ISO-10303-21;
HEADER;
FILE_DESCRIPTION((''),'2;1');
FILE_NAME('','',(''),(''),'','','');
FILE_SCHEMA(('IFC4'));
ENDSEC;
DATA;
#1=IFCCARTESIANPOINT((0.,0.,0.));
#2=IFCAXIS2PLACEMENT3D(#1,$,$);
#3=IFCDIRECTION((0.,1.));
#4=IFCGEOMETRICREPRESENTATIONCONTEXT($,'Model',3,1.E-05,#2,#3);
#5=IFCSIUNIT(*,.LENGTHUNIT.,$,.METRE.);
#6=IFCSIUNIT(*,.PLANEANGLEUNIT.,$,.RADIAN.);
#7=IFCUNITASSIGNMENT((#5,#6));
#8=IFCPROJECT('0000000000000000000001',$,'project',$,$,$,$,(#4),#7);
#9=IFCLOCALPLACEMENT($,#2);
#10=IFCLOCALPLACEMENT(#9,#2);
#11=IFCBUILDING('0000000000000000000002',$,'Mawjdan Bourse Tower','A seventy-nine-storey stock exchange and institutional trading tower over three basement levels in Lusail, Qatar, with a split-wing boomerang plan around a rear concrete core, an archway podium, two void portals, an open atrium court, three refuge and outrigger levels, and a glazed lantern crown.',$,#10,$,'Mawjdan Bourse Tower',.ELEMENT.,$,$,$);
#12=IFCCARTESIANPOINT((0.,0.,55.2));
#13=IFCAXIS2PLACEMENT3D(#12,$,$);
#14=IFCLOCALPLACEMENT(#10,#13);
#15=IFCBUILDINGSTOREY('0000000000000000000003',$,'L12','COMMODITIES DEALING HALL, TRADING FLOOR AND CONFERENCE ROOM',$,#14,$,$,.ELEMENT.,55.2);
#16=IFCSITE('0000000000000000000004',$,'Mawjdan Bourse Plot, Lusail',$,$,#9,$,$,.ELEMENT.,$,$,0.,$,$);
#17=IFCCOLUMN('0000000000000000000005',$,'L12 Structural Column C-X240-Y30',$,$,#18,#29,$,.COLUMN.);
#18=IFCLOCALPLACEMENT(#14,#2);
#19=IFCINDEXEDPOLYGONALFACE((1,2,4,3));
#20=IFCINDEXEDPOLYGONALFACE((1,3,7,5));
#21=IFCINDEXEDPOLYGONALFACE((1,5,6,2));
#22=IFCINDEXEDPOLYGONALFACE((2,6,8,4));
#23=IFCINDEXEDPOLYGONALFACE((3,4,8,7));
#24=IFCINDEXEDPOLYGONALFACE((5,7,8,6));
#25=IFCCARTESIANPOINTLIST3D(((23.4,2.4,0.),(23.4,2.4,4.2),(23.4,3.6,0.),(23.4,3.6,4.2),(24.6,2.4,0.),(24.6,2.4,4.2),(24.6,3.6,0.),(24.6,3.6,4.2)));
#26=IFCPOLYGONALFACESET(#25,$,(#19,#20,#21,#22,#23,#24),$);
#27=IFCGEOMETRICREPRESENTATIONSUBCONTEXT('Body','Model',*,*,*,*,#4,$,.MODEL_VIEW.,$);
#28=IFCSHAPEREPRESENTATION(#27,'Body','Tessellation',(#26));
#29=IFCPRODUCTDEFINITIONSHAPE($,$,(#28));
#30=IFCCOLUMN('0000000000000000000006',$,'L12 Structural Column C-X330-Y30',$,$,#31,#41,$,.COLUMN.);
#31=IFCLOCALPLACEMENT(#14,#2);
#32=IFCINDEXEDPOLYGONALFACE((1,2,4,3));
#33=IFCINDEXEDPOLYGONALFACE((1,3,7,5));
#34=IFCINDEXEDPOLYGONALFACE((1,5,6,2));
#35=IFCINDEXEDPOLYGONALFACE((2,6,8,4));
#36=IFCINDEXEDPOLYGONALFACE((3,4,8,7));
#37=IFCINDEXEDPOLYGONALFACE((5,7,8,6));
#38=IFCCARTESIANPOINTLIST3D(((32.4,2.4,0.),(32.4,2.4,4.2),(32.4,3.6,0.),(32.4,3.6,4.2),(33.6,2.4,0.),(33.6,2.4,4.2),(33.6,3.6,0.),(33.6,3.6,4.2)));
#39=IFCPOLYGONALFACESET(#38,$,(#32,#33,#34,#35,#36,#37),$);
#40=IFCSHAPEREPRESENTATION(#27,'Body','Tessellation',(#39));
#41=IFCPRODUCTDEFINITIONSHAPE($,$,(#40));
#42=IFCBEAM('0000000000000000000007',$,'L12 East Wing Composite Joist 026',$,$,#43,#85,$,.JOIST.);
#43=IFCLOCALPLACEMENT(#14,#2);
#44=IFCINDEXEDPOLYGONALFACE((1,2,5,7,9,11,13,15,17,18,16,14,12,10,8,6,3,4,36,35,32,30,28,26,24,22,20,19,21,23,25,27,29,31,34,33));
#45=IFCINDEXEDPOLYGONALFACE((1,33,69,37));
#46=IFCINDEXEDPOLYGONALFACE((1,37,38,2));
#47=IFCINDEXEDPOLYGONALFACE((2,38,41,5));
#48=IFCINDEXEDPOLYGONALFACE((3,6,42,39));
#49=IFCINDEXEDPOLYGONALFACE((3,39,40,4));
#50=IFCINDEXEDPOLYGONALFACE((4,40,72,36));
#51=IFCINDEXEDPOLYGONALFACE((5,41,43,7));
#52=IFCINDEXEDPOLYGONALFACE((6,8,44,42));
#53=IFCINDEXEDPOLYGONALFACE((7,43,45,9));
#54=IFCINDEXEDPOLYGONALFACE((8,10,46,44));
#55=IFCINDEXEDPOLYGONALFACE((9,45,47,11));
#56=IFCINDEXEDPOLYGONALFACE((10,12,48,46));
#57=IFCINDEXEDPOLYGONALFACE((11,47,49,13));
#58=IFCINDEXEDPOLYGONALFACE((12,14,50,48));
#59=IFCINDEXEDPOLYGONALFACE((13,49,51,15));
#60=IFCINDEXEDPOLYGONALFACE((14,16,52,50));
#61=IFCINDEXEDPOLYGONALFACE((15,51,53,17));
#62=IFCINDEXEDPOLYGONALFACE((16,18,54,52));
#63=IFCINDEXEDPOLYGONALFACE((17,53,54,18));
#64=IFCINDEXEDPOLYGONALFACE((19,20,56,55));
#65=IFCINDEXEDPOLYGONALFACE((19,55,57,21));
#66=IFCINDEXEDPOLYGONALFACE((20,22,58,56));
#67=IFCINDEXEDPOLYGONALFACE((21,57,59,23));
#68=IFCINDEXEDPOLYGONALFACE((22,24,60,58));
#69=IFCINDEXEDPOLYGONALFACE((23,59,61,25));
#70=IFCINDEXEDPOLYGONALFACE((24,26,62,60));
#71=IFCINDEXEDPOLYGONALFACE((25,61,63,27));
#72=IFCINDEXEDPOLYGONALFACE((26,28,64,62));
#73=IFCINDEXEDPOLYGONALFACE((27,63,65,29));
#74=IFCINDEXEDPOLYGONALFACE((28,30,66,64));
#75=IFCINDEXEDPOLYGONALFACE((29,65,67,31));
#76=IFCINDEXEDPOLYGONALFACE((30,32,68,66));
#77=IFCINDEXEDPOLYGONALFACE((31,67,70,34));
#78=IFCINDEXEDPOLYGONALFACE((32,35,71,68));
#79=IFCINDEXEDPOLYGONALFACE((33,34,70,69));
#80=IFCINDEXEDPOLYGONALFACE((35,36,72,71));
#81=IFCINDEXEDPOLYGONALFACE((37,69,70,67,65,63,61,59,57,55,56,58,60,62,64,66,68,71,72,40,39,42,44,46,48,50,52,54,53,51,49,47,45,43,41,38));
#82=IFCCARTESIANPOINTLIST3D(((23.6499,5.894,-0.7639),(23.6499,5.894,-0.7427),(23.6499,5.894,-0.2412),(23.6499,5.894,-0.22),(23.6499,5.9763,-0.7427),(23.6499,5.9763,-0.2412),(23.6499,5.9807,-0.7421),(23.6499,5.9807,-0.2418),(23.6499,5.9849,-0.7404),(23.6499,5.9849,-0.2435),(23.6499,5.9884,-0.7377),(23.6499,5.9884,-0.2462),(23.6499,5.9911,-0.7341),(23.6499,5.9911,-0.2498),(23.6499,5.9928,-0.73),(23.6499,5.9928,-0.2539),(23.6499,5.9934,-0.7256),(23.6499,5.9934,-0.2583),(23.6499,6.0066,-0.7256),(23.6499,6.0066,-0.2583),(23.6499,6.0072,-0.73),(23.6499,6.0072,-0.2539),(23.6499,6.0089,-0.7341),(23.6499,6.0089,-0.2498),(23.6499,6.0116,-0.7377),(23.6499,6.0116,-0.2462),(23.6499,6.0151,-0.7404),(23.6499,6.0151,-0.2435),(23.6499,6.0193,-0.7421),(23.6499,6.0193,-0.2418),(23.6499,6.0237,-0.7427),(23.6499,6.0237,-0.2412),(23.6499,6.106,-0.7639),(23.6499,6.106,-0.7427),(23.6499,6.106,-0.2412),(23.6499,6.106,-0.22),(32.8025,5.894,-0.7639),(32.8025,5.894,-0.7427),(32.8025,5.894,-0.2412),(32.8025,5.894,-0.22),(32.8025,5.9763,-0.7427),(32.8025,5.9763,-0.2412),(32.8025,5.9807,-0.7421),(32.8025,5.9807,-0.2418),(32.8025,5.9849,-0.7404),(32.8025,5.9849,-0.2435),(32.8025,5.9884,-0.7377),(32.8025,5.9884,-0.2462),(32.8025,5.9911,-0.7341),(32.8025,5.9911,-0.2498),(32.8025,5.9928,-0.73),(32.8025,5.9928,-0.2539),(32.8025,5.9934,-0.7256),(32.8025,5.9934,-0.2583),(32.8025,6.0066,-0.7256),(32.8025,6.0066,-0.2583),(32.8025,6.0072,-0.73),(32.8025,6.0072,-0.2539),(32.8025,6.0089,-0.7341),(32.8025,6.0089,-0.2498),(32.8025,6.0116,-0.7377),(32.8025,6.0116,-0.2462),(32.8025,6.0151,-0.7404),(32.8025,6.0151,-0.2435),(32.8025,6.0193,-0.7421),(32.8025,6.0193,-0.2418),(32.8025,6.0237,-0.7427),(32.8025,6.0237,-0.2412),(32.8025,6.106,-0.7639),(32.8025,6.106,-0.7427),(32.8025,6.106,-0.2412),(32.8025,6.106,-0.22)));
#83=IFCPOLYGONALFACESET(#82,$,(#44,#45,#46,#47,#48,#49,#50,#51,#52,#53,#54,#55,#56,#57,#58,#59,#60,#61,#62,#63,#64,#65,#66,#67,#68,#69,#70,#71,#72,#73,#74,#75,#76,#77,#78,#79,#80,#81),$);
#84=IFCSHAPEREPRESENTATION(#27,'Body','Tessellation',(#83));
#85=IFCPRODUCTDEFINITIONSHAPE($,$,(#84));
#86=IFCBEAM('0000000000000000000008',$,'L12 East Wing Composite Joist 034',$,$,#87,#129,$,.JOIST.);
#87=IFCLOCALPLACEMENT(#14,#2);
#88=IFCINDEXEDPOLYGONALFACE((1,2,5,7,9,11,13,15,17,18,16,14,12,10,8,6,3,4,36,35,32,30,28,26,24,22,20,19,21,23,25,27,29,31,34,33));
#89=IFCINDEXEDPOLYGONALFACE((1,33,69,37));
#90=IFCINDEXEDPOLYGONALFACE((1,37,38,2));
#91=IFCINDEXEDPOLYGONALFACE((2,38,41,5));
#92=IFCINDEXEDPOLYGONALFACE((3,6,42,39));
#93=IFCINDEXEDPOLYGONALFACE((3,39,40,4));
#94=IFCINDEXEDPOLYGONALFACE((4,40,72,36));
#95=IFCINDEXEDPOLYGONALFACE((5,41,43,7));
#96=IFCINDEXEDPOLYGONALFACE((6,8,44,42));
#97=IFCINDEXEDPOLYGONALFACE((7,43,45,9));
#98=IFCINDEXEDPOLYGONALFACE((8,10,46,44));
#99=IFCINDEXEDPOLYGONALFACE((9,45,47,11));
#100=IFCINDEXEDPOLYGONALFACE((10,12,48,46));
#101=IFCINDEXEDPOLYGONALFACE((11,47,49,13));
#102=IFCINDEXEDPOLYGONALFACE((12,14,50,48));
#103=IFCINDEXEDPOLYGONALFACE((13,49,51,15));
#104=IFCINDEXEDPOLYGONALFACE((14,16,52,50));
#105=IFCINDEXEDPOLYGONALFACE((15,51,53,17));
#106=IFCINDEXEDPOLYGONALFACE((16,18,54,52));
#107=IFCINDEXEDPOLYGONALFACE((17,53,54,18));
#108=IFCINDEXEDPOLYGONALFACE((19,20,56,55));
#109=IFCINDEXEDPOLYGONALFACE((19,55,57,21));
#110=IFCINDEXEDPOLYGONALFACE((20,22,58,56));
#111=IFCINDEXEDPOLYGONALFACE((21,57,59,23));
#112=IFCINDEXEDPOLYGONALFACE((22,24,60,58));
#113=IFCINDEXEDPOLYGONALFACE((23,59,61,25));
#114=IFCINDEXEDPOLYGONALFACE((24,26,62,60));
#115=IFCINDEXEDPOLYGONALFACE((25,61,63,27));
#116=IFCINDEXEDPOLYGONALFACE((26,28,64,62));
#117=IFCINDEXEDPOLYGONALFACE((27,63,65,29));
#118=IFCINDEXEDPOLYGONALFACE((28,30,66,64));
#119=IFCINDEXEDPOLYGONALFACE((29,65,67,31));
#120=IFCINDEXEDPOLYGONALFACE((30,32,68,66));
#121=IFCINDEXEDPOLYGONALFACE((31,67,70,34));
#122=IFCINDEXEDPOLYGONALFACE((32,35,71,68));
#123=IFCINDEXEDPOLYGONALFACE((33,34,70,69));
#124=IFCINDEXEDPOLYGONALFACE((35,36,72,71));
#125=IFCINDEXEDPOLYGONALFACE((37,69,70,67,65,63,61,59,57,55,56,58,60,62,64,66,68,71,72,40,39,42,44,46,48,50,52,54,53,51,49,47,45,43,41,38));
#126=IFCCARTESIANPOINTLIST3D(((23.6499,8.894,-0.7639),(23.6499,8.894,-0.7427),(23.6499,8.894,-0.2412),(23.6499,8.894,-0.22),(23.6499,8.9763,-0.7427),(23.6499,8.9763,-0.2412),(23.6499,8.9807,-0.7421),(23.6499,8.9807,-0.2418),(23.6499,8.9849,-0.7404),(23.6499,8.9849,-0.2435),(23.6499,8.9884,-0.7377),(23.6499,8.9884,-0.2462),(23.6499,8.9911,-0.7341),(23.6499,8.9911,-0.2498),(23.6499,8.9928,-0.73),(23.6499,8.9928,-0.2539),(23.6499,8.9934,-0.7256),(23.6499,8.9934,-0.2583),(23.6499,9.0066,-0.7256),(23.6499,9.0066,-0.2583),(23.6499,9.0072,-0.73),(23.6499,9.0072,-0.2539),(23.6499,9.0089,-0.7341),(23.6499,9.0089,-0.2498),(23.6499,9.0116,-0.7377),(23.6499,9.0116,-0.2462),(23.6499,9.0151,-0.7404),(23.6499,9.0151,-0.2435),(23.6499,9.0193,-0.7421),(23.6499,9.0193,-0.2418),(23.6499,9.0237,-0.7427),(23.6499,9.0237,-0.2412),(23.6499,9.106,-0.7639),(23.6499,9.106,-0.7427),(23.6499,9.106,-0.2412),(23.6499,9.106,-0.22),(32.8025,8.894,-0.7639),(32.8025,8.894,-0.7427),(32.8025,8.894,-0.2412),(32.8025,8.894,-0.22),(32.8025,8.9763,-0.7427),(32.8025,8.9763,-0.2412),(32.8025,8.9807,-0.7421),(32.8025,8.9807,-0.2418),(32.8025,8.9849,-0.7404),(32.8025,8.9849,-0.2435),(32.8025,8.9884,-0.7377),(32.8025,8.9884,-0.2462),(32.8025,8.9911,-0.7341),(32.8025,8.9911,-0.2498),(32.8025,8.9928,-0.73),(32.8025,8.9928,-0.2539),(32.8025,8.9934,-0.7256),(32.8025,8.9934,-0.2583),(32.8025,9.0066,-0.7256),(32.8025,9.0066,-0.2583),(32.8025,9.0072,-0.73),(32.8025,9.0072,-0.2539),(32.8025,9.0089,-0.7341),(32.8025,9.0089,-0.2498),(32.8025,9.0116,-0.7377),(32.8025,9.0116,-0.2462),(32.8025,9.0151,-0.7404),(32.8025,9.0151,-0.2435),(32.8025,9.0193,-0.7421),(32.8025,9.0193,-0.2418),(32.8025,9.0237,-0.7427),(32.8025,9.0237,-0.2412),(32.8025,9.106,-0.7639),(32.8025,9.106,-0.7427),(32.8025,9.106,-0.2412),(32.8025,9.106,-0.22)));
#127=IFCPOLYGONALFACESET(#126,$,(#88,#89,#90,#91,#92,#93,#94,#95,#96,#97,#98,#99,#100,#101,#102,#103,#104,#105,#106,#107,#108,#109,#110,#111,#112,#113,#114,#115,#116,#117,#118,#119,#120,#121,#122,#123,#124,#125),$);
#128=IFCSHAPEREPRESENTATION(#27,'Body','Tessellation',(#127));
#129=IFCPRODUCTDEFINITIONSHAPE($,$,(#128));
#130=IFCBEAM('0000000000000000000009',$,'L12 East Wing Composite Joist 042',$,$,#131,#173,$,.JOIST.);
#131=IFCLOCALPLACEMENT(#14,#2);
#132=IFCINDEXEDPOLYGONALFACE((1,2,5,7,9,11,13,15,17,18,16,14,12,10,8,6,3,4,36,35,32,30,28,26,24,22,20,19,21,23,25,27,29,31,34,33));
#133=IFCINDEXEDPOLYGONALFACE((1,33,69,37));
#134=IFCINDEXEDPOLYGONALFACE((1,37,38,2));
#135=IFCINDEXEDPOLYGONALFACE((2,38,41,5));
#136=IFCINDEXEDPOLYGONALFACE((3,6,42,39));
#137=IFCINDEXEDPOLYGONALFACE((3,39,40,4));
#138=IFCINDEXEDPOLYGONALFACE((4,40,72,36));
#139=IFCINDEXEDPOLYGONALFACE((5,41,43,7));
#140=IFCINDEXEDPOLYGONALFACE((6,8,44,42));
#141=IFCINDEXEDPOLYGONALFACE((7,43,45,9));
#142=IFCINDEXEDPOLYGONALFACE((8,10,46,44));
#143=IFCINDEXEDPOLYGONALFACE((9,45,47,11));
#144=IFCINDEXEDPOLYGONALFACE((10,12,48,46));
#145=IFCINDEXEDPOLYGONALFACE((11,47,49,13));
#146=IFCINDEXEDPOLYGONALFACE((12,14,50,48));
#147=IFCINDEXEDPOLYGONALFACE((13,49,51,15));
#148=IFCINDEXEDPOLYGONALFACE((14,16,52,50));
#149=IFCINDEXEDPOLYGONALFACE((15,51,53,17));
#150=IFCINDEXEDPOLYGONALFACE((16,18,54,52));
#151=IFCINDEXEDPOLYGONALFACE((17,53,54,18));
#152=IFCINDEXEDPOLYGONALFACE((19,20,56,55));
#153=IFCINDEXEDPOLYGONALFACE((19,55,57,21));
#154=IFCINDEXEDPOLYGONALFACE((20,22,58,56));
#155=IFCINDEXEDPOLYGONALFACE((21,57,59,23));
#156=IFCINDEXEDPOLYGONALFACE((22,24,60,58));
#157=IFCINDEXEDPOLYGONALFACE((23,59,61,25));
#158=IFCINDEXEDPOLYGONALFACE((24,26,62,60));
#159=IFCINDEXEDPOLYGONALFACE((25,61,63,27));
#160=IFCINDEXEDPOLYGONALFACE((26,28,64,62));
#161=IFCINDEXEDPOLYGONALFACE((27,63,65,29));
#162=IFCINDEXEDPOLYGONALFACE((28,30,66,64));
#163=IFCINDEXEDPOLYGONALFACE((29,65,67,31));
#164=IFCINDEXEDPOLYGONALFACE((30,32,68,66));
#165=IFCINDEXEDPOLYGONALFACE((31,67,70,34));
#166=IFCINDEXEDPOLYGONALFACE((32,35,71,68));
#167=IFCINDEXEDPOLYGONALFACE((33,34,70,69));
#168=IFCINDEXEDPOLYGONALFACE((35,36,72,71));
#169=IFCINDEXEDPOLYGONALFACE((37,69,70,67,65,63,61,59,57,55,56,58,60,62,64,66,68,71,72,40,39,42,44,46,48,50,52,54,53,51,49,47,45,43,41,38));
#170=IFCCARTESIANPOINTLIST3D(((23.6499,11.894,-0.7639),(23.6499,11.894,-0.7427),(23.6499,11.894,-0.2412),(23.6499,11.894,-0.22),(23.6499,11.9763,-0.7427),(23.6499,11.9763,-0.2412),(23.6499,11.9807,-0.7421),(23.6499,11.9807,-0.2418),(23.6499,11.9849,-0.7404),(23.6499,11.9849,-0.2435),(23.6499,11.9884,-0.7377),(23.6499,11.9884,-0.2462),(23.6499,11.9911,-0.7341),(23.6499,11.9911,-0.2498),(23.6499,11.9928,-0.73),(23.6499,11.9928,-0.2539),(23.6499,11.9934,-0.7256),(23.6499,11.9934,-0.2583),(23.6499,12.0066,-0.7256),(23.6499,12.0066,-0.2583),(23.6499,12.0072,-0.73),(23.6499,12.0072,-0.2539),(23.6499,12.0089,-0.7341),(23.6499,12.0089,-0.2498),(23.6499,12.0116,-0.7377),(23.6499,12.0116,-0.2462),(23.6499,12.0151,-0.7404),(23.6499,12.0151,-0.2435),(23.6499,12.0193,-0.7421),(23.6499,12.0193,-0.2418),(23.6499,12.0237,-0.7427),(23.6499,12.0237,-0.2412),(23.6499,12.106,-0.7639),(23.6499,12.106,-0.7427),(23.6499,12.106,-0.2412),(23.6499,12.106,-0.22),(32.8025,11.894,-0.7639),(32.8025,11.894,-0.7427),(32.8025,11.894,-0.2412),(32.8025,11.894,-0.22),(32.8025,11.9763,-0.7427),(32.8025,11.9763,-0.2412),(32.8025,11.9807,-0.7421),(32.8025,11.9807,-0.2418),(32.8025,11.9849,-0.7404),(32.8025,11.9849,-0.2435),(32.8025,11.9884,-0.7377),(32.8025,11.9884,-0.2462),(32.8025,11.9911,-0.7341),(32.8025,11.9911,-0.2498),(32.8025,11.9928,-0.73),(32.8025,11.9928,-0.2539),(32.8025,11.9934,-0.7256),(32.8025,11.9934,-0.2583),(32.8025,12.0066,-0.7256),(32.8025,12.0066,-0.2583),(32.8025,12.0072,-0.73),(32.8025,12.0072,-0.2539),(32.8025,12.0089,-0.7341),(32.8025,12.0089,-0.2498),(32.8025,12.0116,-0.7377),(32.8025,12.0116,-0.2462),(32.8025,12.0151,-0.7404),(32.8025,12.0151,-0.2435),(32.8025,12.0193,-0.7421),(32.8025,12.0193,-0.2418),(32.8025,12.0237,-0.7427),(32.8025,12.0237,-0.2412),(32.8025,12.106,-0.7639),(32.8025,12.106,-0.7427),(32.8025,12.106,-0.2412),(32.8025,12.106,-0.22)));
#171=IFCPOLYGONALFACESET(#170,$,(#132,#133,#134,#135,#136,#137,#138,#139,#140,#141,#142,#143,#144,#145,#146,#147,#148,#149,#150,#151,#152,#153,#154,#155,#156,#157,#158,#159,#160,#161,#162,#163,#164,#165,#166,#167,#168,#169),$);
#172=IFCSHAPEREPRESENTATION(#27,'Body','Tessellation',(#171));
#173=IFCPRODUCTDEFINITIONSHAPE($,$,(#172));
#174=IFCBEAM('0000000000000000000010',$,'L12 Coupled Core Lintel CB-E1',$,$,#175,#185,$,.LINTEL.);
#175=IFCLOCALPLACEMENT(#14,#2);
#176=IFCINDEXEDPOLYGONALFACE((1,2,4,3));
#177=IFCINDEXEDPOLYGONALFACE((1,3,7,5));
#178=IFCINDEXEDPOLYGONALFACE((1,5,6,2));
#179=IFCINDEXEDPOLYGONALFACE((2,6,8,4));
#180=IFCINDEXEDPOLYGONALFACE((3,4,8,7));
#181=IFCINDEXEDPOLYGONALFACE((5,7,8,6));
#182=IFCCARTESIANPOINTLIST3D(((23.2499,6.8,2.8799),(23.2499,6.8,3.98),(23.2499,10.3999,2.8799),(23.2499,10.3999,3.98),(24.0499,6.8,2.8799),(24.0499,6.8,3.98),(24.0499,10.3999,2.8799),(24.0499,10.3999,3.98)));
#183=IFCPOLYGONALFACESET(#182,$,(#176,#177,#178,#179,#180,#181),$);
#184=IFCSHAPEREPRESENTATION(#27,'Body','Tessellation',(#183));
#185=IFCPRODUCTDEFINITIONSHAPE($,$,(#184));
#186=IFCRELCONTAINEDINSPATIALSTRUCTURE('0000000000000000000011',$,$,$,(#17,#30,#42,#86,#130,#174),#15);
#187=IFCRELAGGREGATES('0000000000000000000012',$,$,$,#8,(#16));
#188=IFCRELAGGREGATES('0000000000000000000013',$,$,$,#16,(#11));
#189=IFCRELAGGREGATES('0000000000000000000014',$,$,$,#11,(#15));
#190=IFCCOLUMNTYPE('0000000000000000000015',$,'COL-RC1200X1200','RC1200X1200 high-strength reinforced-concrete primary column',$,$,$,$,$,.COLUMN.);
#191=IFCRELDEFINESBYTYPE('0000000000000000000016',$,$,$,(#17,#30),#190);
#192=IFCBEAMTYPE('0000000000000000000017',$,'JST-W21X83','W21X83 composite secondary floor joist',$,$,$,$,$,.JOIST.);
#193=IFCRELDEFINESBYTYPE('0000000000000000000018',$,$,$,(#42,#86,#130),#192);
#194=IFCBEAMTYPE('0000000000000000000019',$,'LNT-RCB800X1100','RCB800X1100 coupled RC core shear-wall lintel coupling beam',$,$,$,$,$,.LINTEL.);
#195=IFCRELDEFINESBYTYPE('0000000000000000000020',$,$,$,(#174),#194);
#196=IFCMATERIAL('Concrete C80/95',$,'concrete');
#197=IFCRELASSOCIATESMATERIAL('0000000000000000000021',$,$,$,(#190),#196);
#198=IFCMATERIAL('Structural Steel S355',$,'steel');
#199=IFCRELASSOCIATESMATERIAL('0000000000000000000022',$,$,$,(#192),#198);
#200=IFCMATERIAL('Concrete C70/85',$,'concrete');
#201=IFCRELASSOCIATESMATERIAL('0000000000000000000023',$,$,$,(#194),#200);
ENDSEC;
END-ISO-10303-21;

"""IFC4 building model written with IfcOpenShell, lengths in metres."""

from ifc_helpers import new_model, si_unit, direction, frame, origin, origin_2d, place, context, subcontext, project, spatial, rectangle, i_section, extrude, material, material_profile, profile_set, type_object, element, save


model = new_model("IFC4")

# Units and contexts
model_context = context("Model", 3, precision=1e-05, world=origin(), true_north=direction((0.0, 1.0)))
body_context = subcontext(model_context, "Body", "Model", "MODEL_VIEW")
ifc_project = project(units=[si_unit("LENGTHUNIT", "METRE"), si_unit("PLANEANGLEUNIT", "RADIAN")], contexts=[model_context])

# Site, building, storey
site_placement = place(None, origin())
site = spatial("IfcSite", under=ifc_project, at=site_placement, Name="Mawjdan Bourse Plot, Lusail", CompositionType="ELEMENT", RefElevation=0.0)
building_placement = place(site_placement, origin())
building = spatial("IfcBuilding", under=site, at=building_placement, Name="Mawjdan Bourse Tower", Description="A seventy-nine-storey stock exchange and institutional trading tower over three basement levels in Lusail, Qatar, with a split-wing boomerang plan around a rear concrete core, an archway podium, two void portals, an open atrium court, three refuge and outrigger levels, and a glazed lantern crown.", LongName="Mawjdan Bourse Tower", CompositionType="ELEMENT")
storey_placement = place(building_placement, frame((0.0, 0.0, 55.2)))
storey = spatial("IfcBuildingStorey", under=building, at=storey_placement, Name="L12", Description="COMMODITIES DEALING HALL, TRADING FLOOR AND CONFERENCE ROOM", CompositionType="ELEMENT", Elevation=55.2)

# Columns
ifc_material_1 = material(Name="Concrete C80/95", Category="concrete")
ifc_material_profile_1 = material_profile(ifc_material_1, rectangle(XDim=1.2, YDim=1.2, at=origin_2d()), Name="RC1200X1200")
ifc_profile_set_1 = profile_set([ifc_material_profile_1], Name="Concrete C80/95")
column_type = type_object("IfcColumnType", Name="COL-RC1200X1200", Description="RC1200X1200 high-strength reinforced-concrete primary column", PredefinedType="COLUMN", material=ifc_profile_set_1)
for number, where, z_axis, x_axis, name in (
    (1, (24.0, 3.0, 0.0), (0.0, 0.0, 1.0), (1.0, 0.0, 0.0), "L12 Structural Column C-X240-Y30"),
    (2, (33.0, 3.0, 0.0), (0.0, 0.0, 1.0), (1.0, 0.0, 0.0), "L12 Structural Column C-X330-Y30"),
):
    element("IfcColumn", number, at=place(storey_placement, frame(where, z_axis=z_axis, x_axis=x_axis)), inside=storey, type_object=column_type, Name=name, PredefinedType="COLUMN", context=body_context, shape_type="SweptSolid", body=[
        extrude(rectangle(XDim=1.2, YDim=1.2, at=origin_2d()), origin(), (0.0, 0.0, 1.0), 4.2),
    ])

# Beams
ifc_material_2 = material(Name="Structural Steel S355", Category="steel")
ifc_material_profile_2 = material_profile(ifc_material_2, i_section(OverallWidth=0.2119, OverallDepth=0.5439, WebThickness=0.0132, FlangeThickness=0.0212, FilletRadius=0.0171, at=origin_2d()), Name="W21X83")
ifc_profile_set_2 = profile_set([ifc_material_profile_2], Name="Structural Steel S355")
beam_type_1 = type_object("IfcBeamType", Name="JST-W21X83", Description="W21X83 composite secondary floor joist", PredefinedType="JOIST", material=ifc_profile_set_2)
for number, where, z_axis, x_axis, name in (
    (3, (23.6499, 6.0, -0.4919), (1.0, 0.0, 0.0), (0.0, 1.0, 0.0), "L12 East Wing Composite Joist 026"),
    (4, (23.6499, 9.0, -0.4919), (1.0, 0.0, 0.0), (0.0, 1.0, 0.0), "L12 East Wing Composite Joist 034"),
    (5, (23.6499, 12.0, -0.4919), (1.0, 0.0, 0.0), (0.0, 1.0, 0.0), "L12 East Wing Composite Joist 042"),
):
    element("IfcBeam", number, at=place(storey_placement, frame(where, z_axis=z_axis, x_axis=x_axis)), inside=storey, type_object=beam_type_1, Name=name, PredefinedType="JOIST", context=body_context, shape_type="SweptSolid", body=[
        extrude(i_section(OverallWidth=0.2119, OverallDepth=0.5439, WebThickness=0.0132, FlangeThickness=0.0212, FilletRadius=0.0171, at=origin_2d()), origin(), (0.0, 0.0, 1.0), 9.1526),
    ])
ifc_material_3 = material(Name="Concrete C70/85", Category="concrete")
ifc_material_profile_3 = material_profile(ifc_material_3, rectangle(XDim=0.8, YDim=1.1001, at=origin_2d()), Name="RCB800X1100")
ifc_profile_set_3 = profile_set([ifc_material_profile_3], Name="Concrete C70/85")
beam_type_2 = type_object("IfcBeamType", Name="LNT-RCB800X1100", Description="RCB800X1100 coupled RC core shear-wall lintel coupling beam", PredefinedType="LINTEL", material=ifc_profile_set_3)
beam_1_placement = place(storey_placement, frame((23.6499, 6.8, 3.4299), z_axis=(0.0, 1.0, 0.0), x_axis=(-1.0, 0.0, 0.0)))
element("IfcBeam", 6, at=beam_1_placement, inside=storey, type_object=beam_type_2, Name="L12 Coupled Core Lintel CB-E1", PredefinedType="LINTEL", context=body_context, shape_type="SweptSolid", body=[
    extrude(rectangle(XDim=0.8, YDim=1.1001, at=origin_2d()), origin(), (0.0, 0.0, 1.0), 3.5999),
])

save(model, "model.ifc")
